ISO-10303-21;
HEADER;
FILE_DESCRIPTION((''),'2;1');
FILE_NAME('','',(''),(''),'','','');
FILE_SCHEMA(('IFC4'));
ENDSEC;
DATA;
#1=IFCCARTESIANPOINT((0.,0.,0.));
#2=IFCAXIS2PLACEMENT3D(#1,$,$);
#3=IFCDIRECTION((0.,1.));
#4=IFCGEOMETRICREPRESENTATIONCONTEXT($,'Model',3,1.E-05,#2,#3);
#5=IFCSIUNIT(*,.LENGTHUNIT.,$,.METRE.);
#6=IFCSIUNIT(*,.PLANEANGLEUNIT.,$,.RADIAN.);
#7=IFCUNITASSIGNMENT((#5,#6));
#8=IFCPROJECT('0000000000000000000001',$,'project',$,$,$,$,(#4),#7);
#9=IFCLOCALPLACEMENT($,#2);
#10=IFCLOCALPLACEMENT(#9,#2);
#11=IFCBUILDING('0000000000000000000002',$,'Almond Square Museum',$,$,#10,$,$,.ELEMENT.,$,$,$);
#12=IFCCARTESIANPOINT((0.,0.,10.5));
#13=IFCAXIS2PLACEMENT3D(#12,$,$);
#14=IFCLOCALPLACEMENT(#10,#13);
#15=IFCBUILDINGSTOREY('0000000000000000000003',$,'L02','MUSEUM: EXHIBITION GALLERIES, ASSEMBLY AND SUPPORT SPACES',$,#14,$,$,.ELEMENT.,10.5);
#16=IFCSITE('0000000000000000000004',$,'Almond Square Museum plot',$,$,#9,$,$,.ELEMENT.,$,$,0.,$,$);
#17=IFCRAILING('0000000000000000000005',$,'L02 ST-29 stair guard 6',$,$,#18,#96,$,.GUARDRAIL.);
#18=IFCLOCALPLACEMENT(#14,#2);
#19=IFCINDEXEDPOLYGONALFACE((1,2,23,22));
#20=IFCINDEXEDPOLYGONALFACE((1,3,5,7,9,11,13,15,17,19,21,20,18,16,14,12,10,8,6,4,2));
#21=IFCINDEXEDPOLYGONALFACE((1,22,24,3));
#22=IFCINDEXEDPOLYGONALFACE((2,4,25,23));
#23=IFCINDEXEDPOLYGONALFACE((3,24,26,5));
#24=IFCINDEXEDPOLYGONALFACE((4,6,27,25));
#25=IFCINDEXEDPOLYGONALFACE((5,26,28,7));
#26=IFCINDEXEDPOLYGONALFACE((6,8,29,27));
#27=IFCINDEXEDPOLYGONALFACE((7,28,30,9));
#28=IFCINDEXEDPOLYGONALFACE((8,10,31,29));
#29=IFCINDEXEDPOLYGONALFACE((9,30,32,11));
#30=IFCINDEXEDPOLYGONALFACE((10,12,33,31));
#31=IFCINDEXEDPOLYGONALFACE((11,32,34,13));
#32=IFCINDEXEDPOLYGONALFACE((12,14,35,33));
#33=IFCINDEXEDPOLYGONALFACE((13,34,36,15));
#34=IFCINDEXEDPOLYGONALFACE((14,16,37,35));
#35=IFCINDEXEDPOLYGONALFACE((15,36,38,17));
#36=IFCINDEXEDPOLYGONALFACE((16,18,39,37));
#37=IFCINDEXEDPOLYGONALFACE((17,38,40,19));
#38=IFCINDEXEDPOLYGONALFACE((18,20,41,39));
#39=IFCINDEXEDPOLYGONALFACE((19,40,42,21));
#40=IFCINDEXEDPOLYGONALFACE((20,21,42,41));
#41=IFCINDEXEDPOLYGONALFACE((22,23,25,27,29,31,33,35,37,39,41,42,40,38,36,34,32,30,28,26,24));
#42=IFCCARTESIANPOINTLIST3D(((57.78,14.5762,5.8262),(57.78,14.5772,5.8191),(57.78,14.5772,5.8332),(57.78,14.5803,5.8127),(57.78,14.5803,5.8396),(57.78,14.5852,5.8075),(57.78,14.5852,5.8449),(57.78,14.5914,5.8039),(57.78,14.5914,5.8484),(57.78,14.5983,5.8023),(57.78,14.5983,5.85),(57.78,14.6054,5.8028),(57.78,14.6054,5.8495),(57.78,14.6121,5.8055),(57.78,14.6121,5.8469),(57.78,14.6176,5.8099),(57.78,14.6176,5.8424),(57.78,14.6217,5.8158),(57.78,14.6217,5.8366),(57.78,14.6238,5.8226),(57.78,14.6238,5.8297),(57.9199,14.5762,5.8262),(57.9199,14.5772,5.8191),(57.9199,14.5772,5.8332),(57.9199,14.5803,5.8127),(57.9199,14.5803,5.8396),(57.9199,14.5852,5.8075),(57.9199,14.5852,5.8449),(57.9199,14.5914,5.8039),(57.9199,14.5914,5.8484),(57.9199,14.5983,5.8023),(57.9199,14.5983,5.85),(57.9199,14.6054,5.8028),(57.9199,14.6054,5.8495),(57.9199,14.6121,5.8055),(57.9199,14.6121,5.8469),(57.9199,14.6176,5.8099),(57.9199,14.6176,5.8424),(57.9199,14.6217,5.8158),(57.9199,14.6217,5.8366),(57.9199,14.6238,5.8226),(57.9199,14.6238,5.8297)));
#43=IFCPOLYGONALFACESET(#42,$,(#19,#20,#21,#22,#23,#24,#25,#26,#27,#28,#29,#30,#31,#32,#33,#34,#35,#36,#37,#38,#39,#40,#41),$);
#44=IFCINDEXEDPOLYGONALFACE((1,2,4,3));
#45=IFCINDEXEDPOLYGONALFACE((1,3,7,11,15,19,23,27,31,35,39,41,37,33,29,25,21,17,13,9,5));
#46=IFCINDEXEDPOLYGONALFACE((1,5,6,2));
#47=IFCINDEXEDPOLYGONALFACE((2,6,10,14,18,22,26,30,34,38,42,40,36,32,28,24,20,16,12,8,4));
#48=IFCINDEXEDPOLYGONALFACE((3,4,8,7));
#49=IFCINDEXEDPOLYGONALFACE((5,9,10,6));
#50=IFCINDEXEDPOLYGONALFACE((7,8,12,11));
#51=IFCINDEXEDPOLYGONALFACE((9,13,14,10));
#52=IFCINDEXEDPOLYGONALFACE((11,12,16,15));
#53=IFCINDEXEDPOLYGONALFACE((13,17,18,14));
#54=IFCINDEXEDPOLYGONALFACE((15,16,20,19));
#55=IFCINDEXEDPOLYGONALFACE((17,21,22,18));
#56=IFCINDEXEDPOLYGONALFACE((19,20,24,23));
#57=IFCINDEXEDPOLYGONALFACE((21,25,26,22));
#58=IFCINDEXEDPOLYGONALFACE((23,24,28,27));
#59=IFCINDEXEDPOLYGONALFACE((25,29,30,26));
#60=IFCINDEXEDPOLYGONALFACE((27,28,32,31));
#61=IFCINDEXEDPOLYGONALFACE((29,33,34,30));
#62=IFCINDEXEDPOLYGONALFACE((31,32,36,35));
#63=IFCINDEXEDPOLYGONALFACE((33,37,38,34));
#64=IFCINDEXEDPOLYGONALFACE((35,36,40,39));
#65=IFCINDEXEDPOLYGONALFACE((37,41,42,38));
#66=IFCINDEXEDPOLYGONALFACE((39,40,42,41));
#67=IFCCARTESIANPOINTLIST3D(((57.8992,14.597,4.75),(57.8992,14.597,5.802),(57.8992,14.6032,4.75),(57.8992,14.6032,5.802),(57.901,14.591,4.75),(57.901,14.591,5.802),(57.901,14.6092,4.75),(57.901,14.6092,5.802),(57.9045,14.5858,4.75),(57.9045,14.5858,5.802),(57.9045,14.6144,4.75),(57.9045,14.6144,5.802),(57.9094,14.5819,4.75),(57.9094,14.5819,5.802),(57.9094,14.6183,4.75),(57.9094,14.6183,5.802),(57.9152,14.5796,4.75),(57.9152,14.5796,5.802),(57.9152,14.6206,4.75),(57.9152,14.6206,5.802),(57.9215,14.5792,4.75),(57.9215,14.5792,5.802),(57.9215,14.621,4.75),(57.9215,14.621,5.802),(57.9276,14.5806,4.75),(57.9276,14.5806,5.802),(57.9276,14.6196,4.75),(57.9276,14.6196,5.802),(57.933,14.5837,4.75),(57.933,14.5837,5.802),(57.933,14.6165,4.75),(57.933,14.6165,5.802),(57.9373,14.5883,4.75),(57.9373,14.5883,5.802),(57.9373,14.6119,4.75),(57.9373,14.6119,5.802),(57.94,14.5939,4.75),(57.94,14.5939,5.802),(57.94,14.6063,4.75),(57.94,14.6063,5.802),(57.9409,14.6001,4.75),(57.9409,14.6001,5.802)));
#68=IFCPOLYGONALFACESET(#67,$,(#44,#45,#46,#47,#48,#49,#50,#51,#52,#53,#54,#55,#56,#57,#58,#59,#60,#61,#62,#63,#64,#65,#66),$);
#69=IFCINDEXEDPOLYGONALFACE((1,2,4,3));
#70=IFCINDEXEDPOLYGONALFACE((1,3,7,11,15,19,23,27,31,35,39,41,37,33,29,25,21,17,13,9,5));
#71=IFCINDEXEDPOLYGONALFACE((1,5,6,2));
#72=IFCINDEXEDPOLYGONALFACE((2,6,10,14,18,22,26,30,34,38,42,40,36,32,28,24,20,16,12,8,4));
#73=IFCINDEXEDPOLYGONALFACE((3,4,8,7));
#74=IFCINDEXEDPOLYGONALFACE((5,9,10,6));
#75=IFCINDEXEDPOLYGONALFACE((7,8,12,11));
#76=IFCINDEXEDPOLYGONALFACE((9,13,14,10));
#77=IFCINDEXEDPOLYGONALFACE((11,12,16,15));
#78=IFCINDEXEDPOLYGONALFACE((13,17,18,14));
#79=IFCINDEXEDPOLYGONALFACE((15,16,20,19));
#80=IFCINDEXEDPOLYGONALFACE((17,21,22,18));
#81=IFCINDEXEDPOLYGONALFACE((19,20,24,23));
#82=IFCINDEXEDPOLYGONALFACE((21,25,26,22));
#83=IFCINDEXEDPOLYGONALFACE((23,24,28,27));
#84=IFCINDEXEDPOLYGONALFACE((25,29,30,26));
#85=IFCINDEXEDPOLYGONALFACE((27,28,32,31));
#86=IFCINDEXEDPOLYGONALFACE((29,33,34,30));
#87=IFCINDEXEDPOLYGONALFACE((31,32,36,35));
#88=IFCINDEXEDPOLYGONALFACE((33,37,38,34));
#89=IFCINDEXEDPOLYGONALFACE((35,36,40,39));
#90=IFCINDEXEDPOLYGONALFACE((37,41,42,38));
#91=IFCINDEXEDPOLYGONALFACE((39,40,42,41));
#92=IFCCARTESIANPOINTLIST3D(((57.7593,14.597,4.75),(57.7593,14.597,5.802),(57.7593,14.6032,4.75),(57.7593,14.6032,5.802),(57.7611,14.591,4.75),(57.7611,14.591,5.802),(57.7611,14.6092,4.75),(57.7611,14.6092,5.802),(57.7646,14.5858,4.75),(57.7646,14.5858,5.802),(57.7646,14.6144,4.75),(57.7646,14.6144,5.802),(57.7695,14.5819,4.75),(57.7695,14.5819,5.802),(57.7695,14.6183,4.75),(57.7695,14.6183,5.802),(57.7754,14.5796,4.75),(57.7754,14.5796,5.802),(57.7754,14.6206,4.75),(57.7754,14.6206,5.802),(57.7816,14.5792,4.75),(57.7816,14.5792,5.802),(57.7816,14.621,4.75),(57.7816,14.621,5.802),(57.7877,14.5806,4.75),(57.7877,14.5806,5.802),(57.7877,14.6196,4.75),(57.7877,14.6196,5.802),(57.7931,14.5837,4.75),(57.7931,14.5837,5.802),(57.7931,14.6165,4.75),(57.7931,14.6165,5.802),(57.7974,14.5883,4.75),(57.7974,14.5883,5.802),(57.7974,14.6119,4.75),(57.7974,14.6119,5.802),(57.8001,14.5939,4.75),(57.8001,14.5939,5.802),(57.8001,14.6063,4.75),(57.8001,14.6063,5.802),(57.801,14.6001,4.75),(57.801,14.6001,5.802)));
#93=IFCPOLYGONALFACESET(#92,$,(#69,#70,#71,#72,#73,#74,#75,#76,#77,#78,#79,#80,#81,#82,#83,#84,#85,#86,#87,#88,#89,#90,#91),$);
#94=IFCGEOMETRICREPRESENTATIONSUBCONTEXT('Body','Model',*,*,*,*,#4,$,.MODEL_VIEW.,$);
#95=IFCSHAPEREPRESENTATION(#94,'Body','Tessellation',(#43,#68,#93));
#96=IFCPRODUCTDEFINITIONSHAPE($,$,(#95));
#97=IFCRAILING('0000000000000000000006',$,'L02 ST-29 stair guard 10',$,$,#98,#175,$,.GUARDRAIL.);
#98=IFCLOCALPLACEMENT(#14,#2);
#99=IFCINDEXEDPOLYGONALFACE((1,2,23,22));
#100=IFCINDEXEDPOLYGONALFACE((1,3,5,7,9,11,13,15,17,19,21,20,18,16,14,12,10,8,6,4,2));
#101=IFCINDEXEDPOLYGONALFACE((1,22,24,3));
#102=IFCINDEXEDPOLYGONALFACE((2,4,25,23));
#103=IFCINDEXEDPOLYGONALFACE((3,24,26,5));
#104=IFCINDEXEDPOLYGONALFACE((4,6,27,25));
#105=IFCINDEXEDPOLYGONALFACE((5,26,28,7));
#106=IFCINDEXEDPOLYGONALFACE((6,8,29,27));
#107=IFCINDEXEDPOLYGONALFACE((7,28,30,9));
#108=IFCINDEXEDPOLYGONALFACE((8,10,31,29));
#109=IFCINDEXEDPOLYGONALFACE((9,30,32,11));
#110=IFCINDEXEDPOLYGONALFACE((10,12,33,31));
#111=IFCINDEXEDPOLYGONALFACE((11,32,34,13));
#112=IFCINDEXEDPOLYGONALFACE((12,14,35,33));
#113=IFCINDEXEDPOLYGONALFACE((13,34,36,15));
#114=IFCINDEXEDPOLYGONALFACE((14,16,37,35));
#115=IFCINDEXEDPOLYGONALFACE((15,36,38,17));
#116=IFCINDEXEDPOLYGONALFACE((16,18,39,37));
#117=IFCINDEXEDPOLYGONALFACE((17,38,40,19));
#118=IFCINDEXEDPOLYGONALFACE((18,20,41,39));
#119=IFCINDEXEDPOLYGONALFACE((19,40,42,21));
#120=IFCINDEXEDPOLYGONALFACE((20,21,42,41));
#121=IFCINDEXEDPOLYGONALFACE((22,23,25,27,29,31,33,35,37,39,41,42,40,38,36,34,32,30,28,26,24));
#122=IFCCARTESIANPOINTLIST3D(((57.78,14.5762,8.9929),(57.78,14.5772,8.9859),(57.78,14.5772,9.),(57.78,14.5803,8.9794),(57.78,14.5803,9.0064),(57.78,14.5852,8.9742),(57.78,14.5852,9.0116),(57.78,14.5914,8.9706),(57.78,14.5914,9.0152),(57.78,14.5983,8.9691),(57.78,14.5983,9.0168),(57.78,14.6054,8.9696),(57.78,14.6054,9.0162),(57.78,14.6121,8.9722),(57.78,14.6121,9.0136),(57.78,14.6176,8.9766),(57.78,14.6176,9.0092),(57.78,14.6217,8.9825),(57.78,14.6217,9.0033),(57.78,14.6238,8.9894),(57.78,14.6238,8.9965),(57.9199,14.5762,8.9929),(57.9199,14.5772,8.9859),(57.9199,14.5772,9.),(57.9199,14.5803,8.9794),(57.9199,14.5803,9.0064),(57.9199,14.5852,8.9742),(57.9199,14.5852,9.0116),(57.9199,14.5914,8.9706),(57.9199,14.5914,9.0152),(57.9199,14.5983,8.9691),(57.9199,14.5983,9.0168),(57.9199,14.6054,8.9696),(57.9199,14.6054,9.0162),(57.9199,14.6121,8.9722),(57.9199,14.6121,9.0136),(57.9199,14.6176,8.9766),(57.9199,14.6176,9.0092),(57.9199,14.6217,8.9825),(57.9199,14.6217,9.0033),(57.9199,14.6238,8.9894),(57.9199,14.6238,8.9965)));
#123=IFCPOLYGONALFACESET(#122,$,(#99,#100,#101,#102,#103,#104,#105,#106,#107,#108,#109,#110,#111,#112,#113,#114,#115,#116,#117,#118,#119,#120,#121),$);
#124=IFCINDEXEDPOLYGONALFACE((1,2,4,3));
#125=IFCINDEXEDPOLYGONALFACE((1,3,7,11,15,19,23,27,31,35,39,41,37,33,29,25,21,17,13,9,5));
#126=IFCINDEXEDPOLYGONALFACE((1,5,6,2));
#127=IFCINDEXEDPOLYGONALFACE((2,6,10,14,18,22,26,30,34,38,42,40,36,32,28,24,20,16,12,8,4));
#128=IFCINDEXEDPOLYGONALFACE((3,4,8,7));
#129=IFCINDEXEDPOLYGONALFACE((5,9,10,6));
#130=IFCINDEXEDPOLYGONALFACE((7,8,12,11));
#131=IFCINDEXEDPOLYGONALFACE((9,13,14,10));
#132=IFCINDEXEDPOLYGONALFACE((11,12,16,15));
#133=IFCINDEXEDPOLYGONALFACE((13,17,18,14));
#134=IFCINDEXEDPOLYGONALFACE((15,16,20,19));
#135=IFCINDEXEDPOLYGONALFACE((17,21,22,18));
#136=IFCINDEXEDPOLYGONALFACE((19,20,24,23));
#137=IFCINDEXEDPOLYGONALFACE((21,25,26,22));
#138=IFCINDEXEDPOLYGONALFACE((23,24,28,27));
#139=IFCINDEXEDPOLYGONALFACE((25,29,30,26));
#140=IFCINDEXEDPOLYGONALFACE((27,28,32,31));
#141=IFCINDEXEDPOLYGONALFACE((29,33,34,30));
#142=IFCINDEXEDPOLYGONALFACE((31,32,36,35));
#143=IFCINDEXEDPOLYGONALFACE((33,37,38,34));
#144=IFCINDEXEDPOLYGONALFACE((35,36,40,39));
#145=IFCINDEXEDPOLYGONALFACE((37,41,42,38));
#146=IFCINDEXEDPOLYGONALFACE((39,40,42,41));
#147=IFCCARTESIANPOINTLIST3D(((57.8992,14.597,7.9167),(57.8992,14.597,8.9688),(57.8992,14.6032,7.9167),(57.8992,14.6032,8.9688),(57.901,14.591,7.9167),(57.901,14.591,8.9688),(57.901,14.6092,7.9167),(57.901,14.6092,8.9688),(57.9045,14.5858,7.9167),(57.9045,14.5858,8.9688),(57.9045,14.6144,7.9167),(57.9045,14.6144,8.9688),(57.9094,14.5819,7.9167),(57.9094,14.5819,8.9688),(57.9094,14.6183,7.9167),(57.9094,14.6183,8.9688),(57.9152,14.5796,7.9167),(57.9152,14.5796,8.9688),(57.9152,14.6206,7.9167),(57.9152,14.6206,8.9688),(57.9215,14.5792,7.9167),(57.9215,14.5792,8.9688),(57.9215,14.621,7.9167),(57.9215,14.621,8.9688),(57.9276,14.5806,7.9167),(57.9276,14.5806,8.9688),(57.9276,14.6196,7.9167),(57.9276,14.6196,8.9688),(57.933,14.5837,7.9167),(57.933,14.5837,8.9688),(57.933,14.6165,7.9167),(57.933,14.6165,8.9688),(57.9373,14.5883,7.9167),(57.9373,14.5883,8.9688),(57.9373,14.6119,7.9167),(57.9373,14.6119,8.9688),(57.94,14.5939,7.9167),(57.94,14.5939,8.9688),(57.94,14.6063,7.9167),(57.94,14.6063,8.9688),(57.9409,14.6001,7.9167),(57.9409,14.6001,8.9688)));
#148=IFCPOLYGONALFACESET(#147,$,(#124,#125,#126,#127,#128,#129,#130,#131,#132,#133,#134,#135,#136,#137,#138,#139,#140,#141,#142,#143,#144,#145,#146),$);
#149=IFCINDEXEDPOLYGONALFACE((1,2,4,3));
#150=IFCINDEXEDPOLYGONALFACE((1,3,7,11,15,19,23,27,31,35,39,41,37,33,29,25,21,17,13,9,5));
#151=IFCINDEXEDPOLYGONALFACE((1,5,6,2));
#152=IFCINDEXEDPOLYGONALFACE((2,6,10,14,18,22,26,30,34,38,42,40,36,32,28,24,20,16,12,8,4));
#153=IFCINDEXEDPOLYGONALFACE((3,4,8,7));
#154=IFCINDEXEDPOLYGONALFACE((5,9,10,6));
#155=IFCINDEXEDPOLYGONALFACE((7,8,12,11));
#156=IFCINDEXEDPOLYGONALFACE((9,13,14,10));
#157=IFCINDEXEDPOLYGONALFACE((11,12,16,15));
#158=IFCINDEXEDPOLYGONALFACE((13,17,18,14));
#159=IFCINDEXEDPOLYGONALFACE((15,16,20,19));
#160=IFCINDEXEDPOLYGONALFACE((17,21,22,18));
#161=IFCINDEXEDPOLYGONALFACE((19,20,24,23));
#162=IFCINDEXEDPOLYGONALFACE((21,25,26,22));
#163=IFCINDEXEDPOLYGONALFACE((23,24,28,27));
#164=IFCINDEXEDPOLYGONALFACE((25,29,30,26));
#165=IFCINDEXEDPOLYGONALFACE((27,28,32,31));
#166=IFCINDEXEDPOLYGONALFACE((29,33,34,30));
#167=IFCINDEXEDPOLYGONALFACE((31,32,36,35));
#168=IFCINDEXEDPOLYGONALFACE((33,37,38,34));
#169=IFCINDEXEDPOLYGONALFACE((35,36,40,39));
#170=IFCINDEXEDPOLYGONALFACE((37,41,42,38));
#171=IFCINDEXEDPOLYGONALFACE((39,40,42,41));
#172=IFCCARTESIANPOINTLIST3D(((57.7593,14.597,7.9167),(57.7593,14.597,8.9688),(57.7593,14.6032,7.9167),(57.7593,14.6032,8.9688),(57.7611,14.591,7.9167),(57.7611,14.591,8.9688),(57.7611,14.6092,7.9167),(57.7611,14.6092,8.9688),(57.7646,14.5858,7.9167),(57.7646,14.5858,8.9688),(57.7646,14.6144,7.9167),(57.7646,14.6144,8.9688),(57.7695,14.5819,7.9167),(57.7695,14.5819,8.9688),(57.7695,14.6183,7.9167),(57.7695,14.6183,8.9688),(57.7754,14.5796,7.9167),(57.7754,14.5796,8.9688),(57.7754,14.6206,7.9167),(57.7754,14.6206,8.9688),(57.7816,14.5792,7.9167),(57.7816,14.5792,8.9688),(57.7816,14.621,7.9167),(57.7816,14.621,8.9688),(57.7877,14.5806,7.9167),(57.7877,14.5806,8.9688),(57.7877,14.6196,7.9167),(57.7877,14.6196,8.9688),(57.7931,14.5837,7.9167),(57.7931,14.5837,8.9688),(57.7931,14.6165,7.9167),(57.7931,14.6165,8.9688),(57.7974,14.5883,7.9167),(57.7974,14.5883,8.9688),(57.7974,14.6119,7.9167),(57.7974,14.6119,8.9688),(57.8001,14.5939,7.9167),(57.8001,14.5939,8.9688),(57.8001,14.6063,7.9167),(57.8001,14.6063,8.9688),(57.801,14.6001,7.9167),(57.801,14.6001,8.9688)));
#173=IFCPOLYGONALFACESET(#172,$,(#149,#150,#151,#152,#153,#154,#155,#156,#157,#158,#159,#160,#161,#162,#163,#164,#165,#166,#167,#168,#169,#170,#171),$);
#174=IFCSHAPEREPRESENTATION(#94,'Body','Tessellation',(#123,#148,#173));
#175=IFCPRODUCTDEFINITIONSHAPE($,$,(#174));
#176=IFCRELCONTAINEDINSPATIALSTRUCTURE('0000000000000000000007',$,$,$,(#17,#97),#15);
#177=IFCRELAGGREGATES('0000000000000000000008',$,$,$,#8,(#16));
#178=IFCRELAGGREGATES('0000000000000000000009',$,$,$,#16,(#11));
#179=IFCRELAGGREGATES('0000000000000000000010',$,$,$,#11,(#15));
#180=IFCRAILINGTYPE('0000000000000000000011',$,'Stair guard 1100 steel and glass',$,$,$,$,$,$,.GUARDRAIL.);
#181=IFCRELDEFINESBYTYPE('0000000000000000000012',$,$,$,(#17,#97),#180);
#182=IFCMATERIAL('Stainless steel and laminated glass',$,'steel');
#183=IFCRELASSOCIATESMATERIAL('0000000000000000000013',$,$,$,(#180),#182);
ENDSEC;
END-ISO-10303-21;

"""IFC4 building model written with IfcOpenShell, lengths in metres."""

from ifc_helpers import new_model, si_unit, direction, frame, origin, origin_2d, place, context, subcontext, project, spatial, circle, extrude, material, type_object, element, save


model = new_model("IFC4")

# Units and contexts
model_context = context("Model", 3, precision=1e-05, world=origin(), true_north=direction((0.0, 1.0)))
body_context = subcontext(model_context, "Body", "Model", "MODEL_VIEW")
ifc_project = project(units=[si_unit("LENGTHUNIT", "METRE"), si_unit("PLANEANGLEUNIT", "RADIAN")], contexts=[model_context])

# Site, building, storey
site_placement = place(None, origin())
site = spatial("IfcSite", under=ifc_project, at=site_placement, Name="Almond Square Museum plot", CompositionType="ELEMENT", RefElevation=0.0)
building_placement = place(site_placement, origin())
building = spatial("IfcBuilding", under=site, at=building_placement, Name="Almond Square Museum", CompositionType="ELEMENT")
storey_placement = place(building_placement, frame((0.0, 0.0, 10.5)))
storey = spatial("IfcBuildingStorey", under=building, at=storey_placement, Name="L02", Description="MUSEUM: EXHIBITION GALLERIES, ASSEMBLY AND SUPPORT SPACES", CompositionType="ELEMENT", Elevation=10.5)

# Railings
ifc_material_1 = material(Name="Stainless steel and laminated glass", Category="steel")
railing_type_1 = type_object("IfcRailingType", Name="Stair guard 1100 steel and glass", PredefinedType="GUARDRAIL", material=ifc_material_1)
for number, where, name in (
    (1, (57.9199, 14.6001, 4.75), "L02 ST-29 stair guard 6"),
    (2, (57.9199, 14.6001, 7.9167), "L02 ST-29 stair guard 10"),
):
    element("IfcRailing", number, at=place(storey_placement, frame(where)), inside=storey, type_object=railing_type_1, Name=name, PredefinedType="GUARDRAIL", context=body_context, shape_type="SweptSolid", body=[
        extrude(circle(Radius=0.0239, at=origin_2d()), frame((0.0, 0.0, 1.0762), z_axis=(-1.0, 0.0, 0.0), x_axis=(0.0, -1.0, 0.0)), (0.0, 0.0, 1.0), 0.1399),
        extrude(circle(Radius=0.021, at=origin_2d()), origin(), (0.0, 0.0, 1.0), 1.052),
        extrude(circle(Radius=0.021, at=origin_2d()), frame((-0.1399, 0.0, 0.0)), (0.0, 0.0, 1.0), 1.052),
    ])

save(model, "model.ifc")
